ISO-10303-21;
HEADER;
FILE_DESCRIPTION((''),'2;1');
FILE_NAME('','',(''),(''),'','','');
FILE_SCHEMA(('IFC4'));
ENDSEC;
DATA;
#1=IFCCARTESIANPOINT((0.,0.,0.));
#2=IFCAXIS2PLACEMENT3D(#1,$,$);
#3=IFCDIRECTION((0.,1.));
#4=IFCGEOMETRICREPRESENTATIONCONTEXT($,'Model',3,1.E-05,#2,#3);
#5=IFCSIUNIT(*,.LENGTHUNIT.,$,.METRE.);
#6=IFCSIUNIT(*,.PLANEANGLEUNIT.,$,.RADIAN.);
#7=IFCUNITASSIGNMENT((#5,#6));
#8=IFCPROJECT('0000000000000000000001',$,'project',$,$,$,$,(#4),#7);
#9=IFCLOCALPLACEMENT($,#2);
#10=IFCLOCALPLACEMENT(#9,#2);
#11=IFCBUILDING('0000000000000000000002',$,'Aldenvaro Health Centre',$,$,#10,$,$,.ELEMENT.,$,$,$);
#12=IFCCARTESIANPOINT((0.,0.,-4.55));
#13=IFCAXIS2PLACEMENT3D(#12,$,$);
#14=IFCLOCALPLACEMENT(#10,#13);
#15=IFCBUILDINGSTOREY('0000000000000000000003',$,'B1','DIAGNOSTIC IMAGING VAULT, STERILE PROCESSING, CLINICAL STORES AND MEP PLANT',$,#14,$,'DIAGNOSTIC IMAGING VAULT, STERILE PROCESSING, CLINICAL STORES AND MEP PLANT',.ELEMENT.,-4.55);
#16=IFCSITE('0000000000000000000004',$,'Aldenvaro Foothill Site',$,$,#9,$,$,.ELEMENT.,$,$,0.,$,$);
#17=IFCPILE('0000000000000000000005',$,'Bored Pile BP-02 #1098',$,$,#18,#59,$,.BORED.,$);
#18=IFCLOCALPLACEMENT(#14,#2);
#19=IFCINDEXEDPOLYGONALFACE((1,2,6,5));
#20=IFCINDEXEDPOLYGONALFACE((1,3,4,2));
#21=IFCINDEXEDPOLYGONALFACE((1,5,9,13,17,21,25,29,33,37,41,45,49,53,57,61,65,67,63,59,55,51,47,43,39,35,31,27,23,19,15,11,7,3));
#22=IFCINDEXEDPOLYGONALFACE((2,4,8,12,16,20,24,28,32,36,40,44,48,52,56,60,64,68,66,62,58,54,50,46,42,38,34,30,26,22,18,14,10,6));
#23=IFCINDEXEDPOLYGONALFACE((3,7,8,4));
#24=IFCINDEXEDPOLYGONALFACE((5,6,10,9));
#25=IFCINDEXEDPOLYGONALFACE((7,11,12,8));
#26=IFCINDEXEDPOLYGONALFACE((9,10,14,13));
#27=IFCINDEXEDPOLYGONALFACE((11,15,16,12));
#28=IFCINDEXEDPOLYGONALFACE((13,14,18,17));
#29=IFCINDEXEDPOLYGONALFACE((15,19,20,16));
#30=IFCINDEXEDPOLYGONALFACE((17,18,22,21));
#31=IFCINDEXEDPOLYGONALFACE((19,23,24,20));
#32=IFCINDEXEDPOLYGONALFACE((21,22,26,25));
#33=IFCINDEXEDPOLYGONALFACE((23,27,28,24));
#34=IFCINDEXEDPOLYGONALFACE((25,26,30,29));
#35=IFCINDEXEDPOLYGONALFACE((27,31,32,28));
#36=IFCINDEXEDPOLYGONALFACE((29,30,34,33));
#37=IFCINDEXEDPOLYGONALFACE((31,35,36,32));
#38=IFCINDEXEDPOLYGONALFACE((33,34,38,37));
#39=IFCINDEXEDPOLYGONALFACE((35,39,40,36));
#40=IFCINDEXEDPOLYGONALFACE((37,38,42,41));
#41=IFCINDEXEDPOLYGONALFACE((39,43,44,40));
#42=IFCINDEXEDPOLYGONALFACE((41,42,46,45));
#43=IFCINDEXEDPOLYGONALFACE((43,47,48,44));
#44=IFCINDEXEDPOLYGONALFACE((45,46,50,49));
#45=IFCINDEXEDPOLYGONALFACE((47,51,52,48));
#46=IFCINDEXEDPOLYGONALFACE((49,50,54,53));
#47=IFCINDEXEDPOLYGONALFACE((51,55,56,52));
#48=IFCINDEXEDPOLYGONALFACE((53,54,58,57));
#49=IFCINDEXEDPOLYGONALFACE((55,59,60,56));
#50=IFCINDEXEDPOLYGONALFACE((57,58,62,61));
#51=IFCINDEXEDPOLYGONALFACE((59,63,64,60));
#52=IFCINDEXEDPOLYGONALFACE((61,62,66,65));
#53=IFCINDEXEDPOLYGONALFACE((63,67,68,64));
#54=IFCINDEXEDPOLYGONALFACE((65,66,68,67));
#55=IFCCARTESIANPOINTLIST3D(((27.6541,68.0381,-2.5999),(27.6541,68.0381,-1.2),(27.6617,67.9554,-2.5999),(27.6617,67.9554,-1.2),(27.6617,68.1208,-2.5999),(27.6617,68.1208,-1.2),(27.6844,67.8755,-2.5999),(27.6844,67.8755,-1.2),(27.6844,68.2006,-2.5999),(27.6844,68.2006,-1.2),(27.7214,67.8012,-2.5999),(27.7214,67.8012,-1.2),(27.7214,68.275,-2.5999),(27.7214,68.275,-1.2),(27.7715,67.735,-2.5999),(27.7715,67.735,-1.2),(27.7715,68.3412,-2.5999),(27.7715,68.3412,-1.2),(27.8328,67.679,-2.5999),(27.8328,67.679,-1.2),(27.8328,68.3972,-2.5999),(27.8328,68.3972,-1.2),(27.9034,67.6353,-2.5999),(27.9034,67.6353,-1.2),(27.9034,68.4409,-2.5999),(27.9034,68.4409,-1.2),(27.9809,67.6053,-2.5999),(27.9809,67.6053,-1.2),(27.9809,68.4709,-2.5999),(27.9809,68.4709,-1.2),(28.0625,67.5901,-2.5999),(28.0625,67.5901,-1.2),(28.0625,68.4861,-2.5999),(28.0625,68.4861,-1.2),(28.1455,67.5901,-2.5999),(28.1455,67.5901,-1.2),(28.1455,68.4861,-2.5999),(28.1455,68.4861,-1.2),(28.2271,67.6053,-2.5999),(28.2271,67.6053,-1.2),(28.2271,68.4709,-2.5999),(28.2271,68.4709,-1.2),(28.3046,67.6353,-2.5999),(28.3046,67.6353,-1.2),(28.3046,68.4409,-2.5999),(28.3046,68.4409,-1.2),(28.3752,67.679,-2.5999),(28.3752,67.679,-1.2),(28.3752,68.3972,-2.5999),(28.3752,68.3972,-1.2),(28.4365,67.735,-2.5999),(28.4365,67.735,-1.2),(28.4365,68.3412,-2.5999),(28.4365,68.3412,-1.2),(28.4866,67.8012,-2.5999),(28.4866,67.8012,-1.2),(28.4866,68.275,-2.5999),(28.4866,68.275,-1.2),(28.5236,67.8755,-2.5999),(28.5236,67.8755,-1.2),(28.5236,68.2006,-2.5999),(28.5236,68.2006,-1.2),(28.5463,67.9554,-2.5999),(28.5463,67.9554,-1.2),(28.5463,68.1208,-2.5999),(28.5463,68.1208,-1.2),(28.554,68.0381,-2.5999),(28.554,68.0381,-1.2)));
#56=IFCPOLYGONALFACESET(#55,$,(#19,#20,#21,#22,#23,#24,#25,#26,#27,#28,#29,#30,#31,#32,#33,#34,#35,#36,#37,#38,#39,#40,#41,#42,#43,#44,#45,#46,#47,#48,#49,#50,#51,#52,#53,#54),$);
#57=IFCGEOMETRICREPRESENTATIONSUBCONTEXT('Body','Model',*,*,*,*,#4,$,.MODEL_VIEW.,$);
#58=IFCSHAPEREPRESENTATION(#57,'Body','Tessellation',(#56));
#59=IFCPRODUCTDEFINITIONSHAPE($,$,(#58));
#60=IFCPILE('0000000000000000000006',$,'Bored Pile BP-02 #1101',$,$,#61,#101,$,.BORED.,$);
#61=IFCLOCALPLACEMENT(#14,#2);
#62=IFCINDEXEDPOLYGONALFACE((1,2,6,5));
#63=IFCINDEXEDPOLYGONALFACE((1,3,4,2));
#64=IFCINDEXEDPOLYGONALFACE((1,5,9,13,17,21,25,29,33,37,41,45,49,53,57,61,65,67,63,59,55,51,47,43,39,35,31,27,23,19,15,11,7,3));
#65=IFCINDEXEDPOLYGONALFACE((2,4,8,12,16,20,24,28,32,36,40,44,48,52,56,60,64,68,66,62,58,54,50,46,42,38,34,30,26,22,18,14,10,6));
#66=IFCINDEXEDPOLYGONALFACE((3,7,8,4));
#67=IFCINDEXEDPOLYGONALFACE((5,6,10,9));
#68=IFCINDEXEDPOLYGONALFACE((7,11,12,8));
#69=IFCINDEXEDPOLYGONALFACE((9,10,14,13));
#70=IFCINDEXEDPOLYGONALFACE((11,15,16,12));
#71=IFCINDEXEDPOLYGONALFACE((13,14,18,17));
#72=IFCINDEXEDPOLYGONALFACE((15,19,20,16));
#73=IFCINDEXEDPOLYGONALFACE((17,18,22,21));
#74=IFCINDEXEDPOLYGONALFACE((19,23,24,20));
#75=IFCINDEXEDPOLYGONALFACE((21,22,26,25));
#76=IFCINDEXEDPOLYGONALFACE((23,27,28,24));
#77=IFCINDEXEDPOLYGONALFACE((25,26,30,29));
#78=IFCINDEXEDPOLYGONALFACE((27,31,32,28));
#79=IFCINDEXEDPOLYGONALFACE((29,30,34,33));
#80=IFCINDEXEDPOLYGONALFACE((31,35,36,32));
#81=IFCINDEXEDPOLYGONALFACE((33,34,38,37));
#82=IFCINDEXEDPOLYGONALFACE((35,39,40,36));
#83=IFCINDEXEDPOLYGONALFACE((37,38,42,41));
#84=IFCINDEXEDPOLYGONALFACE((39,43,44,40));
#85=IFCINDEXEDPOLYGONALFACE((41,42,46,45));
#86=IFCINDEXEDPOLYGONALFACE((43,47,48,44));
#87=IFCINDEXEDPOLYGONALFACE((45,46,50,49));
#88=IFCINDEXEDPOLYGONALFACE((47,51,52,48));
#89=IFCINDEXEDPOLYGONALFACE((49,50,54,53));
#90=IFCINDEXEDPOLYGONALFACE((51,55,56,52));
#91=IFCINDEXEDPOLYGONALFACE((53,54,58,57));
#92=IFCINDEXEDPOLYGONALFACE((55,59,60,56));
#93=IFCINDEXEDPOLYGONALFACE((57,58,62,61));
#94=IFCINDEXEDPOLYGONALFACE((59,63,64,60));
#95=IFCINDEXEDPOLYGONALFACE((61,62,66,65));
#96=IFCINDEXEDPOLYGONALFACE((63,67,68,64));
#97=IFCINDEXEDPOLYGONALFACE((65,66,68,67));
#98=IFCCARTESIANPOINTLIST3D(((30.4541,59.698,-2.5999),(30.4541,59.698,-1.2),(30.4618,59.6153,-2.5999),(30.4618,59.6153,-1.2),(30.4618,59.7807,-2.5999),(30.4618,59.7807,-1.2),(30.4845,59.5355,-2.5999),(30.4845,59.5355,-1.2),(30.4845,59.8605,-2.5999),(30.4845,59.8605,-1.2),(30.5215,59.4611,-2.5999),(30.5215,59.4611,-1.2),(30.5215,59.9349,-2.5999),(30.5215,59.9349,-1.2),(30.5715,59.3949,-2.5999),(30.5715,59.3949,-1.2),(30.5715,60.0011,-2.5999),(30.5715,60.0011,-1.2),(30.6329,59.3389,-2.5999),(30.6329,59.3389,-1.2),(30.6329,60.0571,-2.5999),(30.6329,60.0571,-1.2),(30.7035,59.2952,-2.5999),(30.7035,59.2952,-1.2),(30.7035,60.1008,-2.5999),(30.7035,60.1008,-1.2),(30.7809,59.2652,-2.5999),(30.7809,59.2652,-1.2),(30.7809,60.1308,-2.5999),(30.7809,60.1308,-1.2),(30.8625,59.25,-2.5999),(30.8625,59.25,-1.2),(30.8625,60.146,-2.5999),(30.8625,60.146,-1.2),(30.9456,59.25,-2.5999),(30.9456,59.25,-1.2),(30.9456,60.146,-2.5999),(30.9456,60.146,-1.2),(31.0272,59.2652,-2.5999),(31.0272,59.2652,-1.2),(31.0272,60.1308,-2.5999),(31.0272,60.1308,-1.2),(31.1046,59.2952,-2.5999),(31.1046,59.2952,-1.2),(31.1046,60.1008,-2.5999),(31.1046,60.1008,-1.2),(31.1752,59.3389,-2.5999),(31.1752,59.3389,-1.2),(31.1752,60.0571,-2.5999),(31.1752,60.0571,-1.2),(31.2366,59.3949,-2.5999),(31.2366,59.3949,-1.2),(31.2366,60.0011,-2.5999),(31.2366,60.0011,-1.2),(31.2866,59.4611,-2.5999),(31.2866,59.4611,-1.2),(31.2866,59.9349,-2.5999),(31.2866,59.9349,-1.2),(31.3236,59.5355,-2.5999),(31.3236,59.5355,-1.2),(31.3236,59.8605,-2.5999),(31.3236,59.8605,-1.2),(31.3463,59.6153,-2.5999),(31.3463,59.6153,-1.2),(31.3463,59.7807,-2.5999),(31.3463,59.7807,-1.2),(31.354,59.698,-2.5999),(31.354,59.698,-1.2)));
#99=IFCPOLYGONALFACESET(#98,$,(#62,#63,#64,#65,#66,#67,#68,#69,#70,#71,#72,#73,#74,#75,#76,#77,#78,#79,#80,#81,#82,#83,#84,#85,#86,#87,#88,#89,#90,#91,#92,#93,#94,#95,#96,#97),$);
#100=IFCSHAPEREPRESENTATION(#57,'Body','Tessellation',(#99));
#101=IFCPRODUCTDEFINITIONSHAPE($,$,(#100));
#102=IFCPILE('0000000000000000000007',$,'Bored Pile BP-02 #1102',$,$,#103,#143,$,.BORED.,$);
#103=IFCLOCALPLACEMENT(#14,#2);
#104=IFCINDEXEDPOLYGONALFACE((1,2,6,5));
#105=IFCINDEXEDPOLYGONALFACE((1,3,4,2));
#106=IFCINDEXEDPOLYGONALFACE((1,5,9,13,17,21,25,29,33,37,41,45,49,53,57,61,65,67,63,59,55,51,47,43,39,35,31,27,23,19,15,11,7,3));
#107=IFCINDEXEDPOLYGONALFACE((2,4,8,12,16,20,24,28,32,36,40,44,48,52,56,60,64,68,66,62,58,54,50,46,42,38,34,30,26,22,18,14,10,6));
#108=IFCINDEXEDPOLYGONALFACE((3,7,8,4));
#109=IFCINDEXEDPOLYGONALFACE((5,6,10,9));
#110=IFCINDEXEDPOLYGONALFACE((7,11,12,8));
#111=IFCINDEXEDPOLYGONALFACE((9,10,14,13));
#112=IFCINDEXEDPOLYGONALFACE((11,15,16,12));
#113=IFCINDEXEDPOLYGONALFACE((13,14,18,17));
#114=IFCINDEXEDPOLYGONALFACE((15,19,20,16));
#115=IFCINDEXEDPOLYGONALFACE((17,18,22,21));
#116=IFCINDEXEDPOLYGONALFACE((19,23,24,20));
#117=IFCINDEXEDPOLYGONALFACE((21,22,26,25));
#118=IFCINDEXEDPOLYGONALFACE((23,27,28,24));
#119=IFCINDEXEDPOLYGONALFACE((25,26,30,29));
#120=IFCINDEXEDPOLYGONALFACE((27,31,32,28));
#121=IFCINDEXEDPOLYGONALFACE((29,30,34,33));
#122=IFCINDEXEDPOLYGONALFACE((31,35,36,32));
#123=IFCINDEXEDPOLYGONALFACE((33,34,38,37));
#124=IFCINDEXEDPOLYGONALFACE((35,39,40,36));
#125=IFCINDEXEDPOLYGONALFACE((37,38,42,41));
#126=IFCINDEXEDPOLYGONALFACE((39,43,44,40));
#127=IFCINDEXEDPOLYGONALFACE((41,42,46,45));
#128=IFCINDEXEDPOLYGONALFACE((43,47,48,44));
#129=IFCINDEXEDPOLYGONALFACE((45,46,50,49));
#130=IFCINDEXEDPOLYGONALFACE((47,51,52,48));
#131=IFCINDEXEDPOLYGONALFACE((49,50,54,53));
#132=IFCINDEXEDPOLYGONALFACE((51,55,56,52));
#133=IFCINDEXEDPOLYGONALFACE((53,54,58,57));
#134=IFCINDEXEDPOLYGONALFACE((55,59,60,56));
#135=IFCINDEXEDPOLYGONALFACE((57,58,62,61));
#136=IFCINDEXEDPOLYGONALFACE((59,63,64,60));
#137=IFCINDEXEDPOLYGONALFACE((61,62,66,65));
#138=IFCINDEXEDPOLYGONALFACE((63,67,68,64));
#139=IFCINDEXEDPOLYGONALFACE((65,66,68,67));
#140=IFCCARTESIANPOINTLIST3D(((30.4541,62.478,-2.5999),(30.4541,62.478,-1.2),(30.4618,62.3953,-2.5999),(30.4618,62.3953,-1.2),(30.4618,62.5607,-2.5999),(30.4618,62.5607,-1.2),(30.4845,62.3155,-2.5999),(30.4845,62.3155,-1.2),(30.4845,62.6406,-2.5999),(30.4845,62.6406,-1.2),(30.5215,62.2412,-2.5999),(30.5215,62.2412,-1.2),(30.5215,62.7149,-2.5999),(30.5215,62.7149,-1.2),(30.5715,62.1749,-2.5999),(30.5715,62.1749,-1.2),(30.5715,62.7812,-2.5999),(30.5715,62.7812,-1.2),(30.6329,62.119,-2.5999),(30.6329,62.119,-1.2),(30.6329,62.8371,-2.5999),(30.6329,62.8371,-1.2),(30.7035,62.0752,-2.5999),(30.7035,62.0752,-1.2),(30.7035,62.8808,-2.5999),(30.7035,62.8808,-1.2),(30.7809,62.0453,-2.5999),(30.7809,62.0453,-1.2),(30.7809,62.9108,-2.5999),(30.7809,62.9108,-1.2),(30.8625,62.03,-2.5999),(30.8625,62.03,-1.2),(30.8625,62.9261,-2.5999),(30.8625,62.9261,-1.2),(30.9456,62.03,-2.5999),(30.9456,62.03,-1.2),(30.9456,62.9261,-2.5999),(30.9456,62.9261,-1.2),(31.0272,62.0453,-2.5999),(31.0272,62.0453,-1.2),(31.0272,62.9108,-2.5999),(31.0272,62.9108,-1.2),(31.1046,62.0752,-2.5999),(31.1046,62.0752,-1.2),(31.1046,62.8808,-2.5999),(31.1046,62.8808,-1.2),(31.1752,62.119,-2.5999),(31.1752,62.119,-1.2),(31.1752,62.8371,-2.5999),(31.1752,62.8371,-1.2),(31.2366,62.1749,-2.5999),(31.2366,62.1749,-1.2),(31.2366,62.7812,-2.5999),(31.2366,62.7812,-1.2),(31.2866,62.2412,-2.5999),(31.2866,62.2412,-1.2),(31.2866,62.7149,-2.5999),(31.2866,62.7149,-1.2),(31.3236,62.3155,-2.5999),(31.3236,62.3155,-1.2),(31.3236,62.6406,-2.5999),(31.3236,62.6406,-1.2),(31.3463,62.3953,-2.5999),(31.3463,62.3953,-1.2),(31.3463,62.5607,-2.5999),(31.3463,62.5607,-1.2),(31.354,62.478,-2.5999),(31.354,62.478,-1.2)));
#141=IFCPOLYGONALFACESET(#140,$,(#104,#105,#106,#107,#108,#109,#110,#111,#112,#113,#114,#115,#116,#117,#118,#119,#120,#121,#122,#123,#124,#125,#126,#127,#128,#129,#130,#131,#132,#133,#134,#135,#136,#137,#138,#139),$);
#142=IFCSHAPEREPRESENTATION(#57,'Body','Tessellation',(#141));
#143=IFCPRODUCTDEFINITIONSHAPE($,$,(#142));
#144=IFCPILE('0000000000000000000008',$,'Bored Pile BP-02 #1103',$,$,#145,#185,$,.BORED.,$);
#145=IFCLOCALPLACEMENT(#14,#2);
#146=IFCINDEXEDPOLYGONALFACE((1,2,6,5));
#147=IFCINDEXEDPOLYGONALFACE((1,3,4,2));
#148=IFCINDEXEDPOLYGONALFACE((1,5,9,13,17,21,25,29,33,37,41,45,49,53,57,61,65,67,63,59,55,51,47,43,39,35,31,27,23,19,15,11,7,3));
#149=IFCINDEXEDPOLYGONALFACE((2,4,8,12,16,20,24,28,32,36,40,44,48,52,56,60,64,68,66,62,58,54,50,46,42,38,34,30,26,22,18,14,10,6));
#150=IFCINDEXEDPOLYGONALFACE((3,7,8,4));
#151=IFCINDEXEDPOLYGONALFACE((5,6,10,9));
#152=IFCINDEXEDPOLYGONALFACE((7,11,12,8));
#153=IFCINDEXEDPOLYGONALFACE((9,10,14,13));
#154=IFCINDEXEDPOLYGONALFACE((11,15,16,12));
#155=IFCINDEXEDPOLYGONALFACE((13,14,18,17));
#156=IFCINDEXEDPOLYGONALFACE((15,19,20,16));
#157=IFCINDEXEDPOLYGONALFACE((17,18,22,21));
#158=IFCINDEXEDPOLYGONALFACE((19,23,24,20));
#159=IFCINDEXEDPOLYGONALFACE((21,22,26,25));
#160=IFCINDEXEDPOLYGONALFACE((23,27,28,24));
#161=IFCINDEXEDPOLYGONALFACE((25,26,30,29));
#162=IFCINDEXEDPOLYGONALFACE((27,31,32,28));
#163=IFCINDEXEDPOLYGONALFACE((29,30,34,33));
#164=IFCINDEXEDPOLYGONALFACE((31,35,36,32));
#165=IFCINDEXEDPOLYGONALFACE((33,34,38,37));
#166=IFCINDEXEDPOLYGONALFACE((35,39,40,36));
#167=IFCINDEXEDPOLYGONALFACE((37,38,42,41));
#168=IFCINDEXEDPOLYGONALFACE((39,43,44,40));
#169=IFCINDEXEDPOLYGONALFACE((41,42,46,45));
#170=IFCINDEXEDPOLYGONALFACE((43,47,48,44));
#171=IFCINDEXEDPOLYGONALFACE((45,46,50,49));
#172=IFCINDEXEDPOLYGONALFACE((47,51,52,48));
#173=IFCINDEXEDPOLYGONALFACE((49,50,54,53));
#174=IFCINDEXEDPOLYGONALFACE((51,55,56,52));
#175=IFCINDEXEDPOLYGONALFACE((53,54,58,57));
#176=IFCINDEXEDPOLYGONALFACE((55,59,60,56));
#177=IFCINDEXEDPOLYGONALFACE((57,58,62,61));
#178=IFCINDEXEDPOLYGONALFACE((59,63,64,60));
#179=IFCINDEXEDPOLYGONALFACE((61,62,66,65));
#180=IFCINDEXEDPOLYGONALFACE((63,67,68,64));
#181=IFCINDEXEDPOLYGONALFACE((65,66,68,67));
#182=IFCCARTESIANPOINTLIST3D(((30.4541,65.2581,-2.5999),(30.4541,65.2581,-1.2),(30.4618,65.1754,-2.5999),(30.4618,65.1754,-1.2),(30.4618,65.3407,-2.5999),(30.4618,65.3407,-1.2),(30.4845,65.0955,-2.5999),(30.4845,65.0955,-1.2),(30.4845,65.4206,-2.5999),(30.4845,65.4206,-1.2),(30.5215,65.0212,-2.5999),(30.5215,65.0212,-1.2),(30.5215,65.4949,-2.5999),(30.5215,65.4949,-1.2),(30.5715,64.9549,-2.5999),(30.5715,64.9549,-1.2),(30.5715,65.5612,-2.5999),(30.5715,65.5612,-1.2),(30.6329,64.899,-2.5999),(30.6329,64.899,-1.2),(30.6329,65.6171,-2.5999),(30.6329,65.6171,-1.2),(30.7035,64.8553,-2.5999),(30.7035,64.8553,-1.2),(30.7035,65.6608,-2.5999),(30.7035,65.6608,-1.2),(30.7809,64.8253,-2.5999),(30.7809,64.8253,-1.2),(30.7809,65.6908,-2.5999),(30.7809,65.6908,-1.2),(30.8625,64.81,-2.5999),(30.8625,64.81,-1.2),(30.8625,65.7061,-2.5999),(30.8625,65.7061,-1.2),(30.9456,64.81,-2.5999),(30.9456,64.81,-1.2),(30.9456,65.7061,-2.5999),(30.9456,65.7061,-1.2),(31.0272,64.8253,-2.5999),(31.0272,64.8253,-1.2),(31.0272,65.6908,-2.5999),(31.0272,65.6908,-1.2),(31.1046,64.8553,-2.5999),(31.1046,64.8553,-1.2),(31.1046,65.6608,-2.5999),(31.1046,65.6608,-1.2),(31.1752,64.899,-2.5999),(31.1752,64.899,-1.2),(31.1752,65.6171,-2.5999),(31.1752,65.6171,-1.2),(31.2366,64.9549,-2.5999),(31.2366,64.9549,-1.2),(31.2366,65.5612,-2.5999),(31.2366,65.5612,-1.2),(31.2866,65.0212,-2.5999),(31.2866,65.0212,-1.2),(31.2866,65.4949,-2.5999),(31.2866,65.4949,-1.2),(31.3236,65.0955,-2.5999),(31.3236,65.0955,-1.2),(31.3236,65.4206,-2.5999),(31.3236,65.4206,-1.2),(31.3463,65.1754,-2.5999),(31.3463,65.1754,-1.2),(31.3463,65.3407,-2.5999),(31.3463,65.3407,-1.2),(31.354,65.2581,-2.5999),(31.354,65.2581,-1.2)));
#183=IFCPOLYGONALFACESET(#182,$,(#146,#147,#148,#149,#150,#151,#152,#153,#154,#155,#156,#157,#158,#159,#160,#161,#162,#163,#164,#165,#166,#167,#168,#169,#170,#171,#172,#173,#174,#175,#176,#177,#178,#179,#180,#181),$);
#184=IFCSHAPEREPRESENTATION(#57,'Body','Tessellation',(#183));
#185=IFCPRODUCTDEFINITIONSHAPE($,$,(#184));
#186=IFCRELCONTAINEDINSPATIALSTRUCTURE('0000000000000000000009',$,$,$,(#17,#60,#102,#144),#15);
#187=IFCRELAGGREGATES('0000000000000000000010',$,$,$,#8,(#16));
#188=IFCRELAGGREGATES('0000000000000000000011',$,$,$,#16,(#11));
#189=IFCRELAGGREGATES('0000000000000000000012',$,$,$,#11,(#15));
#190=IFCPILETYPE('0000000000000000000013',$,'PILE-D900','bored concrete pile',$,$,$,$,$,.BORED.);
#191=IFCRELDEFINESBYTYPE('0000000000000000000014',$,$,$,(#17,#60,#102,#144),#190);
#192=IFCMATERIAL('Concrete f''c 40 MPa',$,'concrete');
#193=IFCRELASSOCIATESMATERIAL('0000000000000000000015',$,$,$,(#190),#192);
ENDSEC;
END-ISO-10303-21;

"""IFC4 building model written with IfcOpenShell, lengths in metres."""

from ifc_helpers import new_model, si_unit, direction, frame, origin, origin_2d, place, context, subcontext, project, spatial, circle, extrude, material, material_profile, profile_set, type_object, element, save


model = new_model("IFC4")

# Units and contexts
model_context = context("Model", 3, precision=1e-05, world=origin(), true_north=direction((0.0, 1.0)))
body_context = subcontext(model_context, "Body", "Model", "MODEL_VIEW")
ifc_project = project(units=[si_unit("LENGTHUNIT", "METRE"), si_unit("PLANEANGLEUNIT", "RADIAN")], contexts=[model_context])

# Site, building, storey
site_placement = place(None, origin())
site = spatial("IfcSite", under=ifc_project, at=site_placement, Name="Aldenvaro Foothill Site", CompositionType="ELEMENT", RefElevation=0.0)
building_placement = place(site_placement, origin())
building = spatial("IfcBuilding", under=site, at=building_placement, Name="Aldenvaro Health Centre", CompositionType="ELEMENT")
storey_placement = place(building_placement, frame((0.0, 0.0, -4.55)))
storey = spatial("IfcBuildingStorey", under=building, at=storey_placement, Name="B1", Description="DIAGNOSTIC IMAGING VAULT, STERILE PROCESSING, CLINICAL STORES AND MEP PLANT", LongName="DIAGNOSTIC IMAGING VAULT, STERILE PROCESSING, CLINICAL STORES AND MEP PLANT", CompositionType="ELEMENT", Elevation=-4.55)

# Piles
ifc_material_1 = material(Name="Concrete f'c 40 MPa", Category="concrete")
ifc_material_profile_1 = material_profile(ifc_material_1, circle(Radius=0.45, at=origin_2d()), Name="PILE D900", Category="concrete")
ifc_profile_set_1 = profile_set([ifc_material_profile_1], Name="Concrete f'c 40 MPa")
pile_type = type_object("IfcPileType", Name="PILE-D900", Description="bored concrete pile", PredefinedType="BORED", material=ifc_profile_set_1)
for number, where, z_axis, x_axis, name in (
    (1, (28.104, 68.0381, -1.2), (0.0, 0.0, -1.0), (1.0, 0.0, 0.0), "Bored Pile BP-02 #1098"),
    (2, (30.9041, 59.698, -1.2), (0.0, 0.0, -1.0), (1.0, 0.0, 0.0), "Bored Pile BP-02 #1101"),
    (3, (30.9041, 62.478, -1.2), (0.0, 0.0, -1.0), (1.0, 0.0, 0.0), "Bored Pile BP-02 #1102"),
    (4, (30.9041, 65.2581, -1.2), (0.0, 0.0, -1.0), (1.0, 0.0, 0.0), "Bored Pile BP-02 #1103"),
):
    element("IfcPile", number, at=place(storey_placement, frame(where, z_axis=z_axis, x_axis=x_axis)), inside=storey, type_object=pile_type, Name=name, PredefinedType="BORED", context=body_context, shape_type="SweptSolid", body=[
        extrude(circle(Radius=0.45, at=origin_2d()), origin(), (0.0, 0.0, 1.0), 1.3999),
    ])

save(model, "model.ifc")
